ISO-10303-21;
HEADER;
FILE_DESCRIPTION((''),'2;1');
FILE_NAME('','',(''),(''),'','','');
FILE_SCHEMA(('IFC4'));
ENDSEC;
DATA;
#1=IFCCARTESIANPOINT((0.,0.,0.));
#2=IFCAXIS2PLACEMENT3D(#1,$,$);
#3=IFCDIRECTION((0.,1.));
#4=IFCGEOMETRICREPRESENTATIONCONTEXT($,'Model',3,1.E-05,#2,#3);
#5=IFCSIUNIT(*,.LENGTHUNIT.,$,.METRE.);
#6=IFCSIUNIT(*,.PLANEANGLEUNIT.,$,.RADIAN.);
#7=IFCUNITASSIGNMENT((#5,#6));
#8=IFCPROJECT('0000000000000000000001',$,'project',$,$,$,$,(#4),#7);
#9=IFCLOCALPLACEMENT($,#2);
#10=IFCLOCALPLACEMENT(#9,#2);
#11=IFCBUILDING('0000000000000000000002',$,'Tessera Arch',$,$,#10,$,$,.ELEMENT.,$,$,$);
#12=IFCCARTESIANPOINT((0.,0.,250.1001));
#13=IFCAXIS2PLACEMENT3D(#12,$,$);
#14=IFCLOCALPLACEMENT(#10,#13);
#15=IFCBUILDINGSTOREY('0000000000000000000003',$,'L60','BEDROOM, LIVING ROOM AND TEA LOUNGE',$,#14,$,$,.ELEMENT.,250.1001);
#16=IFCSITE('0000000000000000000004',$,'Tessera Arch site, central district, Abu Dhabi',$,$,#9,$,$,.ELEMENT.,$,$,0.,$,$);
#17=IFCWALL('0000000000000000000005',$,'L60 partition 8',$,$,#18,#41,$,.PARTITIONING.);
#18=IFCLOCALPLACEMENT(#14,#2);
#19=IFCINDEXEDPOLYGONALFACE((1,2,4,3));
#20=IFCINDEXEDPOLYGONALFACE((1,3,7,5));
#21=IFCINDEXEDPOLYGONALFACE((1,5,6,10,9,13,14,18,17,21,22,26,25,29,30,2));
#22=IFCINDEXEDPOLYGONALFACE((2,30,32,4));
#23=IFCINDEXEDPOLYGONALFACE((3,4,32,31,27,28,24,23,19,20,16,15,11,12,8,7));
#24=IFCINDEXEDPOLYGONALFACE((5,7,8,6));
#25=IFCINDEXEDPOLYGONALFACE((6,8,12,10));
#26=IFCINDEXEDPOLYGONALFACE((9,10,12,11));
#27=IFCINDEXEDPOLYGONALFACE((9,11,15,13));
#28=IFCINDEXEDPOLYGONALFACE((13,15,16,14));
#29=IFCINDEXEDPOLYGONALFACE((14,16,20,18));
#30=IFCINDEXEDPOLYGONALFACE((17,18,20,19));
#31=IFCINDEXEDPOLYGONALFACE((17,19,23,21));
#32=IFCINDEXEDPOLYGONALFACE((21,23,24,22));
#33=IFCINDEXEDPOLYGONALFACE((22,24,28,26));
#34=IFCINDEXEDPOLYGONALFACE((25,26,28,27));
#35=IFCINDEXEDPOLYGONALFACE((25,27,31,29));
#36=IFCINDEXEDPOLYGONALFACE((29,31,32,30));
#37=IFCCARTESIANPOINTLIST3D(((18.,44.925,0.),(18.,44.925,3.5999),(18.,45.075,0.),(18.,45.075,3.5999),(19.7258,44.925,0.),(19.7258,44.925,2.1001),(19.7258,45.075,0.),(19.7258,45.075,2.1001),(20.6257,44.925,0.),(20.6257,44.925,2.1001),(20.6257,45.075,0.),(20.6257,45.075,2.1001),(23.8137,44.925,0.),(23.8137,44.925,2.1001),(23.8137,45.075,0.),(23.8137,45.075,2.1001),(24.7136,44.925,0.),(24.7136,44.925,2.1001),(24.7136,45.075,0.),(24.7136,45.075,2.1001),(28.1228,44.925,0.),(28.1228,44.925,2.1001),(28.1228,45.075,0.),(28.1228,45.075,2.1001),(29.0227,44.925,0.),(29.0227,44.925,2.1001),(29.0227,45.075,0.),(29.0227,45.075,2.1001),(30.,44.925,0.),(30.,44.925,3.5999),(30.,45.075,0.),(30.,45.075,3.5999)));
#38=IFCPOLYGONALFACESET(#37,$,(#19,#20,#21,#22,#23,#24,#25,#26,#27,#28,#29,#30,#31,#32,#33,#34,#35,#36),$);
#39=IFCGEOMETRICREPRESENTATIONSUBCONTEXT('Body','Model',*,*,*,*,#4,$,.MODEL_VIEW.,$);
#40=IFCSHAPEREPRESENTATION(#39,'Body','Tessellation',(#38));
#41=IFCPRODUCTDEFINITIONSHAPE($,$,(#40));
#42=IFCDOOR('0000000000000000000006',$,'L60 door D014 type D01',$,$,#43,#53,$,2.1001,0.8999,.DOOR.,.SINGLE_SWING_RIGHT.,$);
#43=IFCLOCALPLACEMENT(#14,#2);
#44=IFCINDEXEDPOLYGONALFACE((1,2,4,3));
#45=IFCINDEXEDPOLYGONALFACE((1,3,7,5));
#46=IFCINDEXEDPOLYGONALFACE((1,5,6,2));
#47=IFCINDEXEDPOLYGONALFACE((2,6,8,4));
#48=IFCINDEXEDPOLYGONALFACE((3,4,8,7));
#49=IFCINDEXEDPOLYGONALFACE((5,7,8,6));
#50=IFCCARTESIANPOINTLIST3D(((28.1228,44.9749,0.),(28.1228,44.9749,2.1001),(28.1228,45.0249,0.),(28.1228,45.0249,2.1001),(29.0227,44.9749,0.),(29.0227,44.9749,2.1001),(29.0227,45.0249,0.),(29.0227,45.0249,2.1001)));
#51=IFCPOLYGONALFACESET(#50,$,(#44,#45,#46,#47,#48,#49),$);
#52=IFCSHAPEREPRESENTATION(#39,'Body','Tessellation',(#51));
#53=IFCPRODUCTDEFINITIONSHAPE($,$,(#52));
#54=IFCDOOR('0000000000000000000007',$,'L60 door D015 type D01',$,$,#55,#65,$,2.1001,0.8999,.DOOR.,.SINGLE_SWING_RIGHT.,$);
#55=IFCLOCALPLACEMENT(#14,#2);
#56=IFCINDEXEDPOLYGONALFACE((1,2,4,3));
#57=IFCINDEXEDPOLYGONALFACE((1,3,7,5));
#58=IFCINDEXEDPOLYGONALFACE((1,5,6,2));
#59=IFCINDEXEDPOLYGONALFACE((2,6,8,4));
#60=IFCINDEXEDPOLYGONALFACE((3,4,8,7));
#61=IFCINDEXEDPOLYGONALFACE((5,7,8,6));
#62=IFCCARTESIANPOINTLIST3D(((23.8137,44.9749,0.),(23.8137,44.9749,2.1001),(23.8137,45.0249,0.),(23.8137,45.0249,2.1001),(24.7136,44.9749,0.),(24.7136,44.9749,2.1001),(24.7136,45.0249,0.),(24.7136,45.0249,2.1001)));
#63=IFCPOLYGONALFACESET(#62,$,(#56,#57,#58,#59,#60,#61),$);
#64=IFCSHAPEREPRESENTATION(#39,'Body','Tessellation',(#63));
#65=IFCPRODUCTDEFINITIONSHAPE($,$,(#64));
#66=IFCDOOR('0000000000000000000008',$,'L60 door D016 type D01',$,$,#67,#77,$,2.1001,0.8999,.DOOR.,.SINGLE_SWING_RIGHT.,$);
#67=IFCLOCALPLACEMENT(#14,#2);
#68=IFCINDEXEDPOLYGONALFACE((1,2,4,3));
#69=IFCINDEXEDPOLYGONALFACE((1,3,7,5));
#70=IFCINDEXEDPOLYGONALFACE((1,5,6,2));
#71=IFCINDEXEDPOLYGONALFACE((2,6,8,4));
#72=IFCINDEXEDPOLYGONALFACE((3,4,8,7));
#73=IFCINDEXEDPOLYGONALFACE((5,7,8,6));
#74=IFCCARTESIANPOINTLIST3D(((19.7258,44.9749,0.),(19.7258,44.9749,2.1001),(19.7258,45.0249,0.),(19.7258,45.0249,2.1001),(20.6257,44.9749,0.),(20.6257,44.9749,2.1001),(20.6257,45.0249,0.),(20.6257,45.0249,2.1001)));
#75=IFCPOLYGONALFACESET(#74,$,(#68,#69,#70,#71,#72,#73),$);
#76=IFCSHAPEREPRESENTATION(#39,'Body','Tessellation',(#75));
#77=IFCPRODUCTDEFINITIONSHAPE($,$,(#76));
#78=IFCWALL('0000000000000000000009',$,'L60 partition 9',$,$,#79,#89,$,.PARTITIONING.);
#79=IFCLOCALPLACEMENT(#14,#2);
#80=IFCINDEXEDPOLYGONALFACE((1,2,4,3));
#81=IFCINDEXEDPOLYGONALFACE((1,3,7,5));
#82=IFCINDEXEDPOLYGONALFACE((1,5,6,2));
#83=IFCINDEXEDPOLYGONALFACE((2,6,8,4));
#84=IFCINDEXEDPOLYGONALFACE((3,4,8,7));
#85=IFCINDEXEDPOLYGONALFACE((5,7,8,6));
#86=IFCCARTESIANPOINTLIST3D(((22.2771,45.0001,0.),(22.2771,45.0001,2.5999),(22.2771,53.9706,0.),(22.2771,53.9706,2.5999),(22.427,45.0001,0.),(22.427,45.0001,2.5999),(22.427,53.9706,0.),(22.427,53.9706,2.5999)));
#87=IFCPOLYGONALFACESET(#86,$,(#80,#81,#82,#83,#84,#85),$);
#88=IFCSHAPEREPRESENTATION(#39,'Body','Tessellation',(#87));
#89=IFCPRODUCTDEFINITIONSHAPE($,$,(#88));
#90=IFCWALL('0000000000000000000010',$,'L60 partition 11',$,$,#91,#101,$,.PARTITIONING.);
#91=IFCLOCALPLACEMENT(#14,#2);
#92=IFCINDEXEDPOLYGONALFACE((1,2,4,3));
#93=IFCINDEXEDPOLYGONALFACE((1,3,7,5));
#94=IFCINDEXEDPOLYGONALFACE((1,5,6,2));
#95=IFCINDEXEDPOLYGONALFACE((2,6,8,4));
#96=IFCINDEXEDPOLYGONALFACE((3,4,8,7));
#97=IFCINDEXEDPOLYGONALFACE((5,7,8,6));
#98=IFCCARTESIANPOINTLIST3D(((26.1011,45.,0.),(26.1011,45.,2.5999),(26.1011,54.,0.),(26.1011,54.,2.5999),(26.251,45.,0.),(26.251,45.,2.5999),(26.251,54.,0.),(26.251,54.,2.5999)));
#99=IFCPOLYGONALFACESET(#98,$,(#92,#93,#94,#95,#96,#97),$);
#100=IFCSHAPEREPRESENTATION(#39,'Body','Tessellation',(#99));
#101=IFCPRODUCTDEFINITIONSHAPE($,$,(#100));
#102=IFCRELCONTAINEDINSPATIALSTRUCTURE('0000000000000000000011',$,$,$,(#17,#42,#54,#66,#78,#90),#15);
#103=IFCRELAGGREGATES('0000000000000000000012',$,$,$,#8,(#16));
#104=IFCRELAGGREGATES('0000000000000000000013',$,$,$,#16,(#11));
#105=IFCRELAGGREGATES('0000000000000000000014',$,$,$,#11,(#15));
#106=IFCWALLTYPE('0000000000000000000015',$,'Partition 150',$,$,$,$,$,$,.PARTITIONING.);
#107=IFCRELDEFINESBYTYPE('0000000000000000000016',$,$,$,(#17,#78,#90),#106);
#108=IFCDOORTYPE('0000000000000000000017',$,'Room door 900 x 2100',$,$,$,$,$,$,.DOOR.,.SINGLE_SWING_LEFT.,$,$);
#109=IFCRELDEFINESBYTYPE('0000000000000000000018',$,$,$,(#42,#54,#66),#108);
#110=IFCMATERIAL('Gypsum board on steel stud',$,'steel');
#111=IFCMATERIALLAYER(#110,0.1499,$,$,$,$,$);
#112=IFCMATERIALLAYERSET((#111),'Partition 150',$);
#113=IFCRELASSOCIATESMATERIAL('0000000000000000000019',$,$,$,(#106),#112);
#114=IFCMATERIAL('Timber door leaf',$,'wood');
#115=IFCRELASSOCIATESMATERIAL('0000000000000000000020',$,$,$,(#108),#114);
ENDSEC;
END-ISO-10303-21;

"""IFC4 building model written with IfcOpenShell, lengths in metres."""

from ifc_helpers import new_model, si_unit, direction, frame, frame_2d, origin, place, context, subcontext, project, spatial, rectangle, extrude, material, layer, layer_set, type_object, element, fill, save


model = new_model("IFC4")

# Units and contexts
model_context = context("Model", 3, precision=1e-05, world=origin(), true_north=direction((0.0, 1.0)))
body_context = subcontext(model_context, "Body", "Model", "MODEL_VIEW")
ifc_project = project(units=[si_unit("LENGTHUNIT", "METRE"), si_unit("PLANEANGLEUNIT", "RADIAN")], contexts=[model_context])

# Site, building, storey
site_placement = place(None, origin())
site = spatial("IfcSite", under=ifc_project, at=site_placement, Name="Tessera Arch site, central district, Abu Dhabi", CompositionType="ELEMENT", RefElevation=0.0)
building_placement = place(site_placement, origin())
building = spatial("IfcBuilding", under=site, at=building_placement, Name="Tessera Arch", CompositionType="ELEMENT")
storey_placement = place(building_placement, frame((0.0, 0.0, 250.1001)))
storey = spatial("IfcBuildingStorey", under=building, at=storey_placement, Name="L60", Description="BEDROOM, LIVING ROOM AND TEA LOUNGE", CompositionType="ELEMENT", Elevation=250.1001)

# Wall, openings, doors
ifc_material_1 = material(Name="Gypsum board on steel stud", Category="steel")
ifc_layer_1 = layer(ifc_material_1, 0.1499)
ifc_layer_set_1 = layer_set([ifc_layer_1], Name="Partition 150")
wall_type = type_object("IfcWallType", Name="Partition 150", PredefinedType="PARTITIONING", material=ifc_layer_set_1)
wall_1_placement = place(storey_placement, frame((18.0, 45.0, 0.0), z_axis=(0.0, 0.0, 1.0), x_axis=(1.0, 0.0, 0.0)))
wall_1 = element("IfcWall", 1, at=wall_1_placement, inside=storey, type_object=wall_type, Name="L60 partition 8", PredefinedType="PARTITIONING", context=body_context, shape_type="SweptSolid", body=[
    extrude(rectangle(XDim=12.0, YDim=0.1499, at=frame_2d((6.0, 0.0))), origin(), (0.0, 0.0, 1.0), 3.5999),
])
opening_1_placement = place(wall_1_placement, frame((10.1228, 0.0, 0.0)))
opening_1 = element("IfcOpeningElement", 2, at=opening_1_placement, cuts=wall_1, PredefinedType="OPENING", context=body_context, shape_type="SweptSolid", body=[
    extrude(rectangle(XDim=0.8999, YDim=2.1001, at=frame_2d((0.45, 1.05))), frame((0.0, 0.085, 0.0), z_axis=(0.0, -1.0, 0.0), x_axis=(1.0, 0.0, 0.0)), (0.0, 0.0, 1.0), 0.1699),
])
opening_2_placement = place(wall_1_placement, frame((5.8137, 0.0, 0.0)))
opening_2 = element("IfcOpeningElement", 3, at=opening_2_placement, cuts=wall_1, PredefinedType="OPENING", context=body_context, shape_type="SweptSolid", body=[
    extrude(rectangle(XDim=0.8999, YDim=2.1001, at=frame_2d((0.45, 1.05))), frame((0.0, 0.085, 0.0), z_axis=(0.0, -1.0, 0.0), x_axis=(1.0, 0.0, 0.0)), (0.0, 0.0, 1.0), 0.1699),
])
opening_3_placement = place(wall_1_placement, frame((1.7258, 0.0, 0.0)))
opening_3 = element("IfcOpeningElement", 4, at=opening_3_placement, cuts=wall_1, PredefinedType="OPENING", context=body_context, shape_type="SweptSolid", body=[
    extrude(rectangle(XDim=0.8999, YDim=2.1001, at=frame_2d((0.45, 1.05))), frame((0.0, 0.085, 0.0), z_axis=(0.0, -1.0, 0.0), x_axis=(1.0, 0.0, 0.0)), (0.0, 0.0, 1.0), 0.1699),
])
ifc_material_2 = material(Name="Timber door leaf", Category="wood")
door_type = type_object("IfcDoorType", Name="Room door 900 x 2100", OperationType="SINGLE_SWING_LEFT", PredefinedType="DOOR", material=ifc_material_2)
door_1_placement = place(opening_1_placement, origin())
door_1 = element("IfcDoor", 5, at=door_1_placement, inside=storey, type_object=door_type, Name="L60 door D014 type D01", OperationType="SINGLE_SWING_RIGHT", OverallHeight=2.1001, OverallWidth=0.8999, PredefinedType="DOOR", context=body_context, shape_type="SweptSolid", body=[
    extrude(rectangle(XDim=0.8999, YDim=2.1001, at=frame_2d((0.45, 1.05))), frame((0.0, 0.0249, 0.0), z_axis=(0.0, -1.0, 0.0), x_axis=(1.0, 0.0, 0.0)), (0.0, 0.0, 1.0), 0.05),
])
fill(opening_1, door_1)
door_2_placement = place(opening_2_placement, origin())
door_2 = element("IfcDoor", 6, at=door_2_placement, inside=storey, type_object=door_type, Name="L60 door D015 type D01", OperationType="SINGLE_SWING_RIGHT", OverallHeight=2.1001, OverallWidth=0.8999, PredefinedType="DOOR", context=body_context, shape_type="SweptSolid", body=[
    extrude(rectangle(XDim=0.8999, YDim=2.1001, at=frame_2d((0.45, 1.05))), frame((0.0, 0.0249, 0.0), z_axis=(0.0, -1.0, 0.0), x_axis=(1.0, 0.0, 0.0)), (0.0, 0.0, 1.0), 0.05),
])
fill(opening_2, door_2)
door_3_placement = place(opening_3_placement, origin())
door_3 = element("IfcDoor", 7, at=door_3_placement, inside=storey, type_object=door_type, Name="L60 door D016 type D01", OperationType="SINGLE_SWING_RIGHT", OverallHeight=2.1001, OverallWidth=0.8999, PredefinedType="DOOR", context=body_context, shape_type="SweptSolid", body=[
    extrude(rectangle(XDim=0.8999, YDim=2.1001, at=frame_2d((0.45, 1.05))), frame((0.0, 0.0249, 0.0), z_axis=(0.0, -1.0, 0.0), x_axis=(1.0, 0.0, 0.0)), (0.0, 0.0, 1.0), 0.05),
])
fill(opening_3, door_3)

# Walls
wall_2_placement = place(storey_placement, frame((22.3521, 45.0, 0.0), z_axis=(0.0, 0.0, 1.0), x_axis=(0.0, 1.0, 0.0)))
element("IfcWall", 8, at=wall_2_placement, inside=storey, type_object=wall_type, Name="L60 partition 9", PredefinedType="PARTITIONING", context=body_context, shape_type="SweptSolid", body=[
    extrude(rectangle(XDim=8.9705, YDim=0.1499, at=frame_2d((4.4854, 0.0))), origin(), (0.0, 0.0, 1.0), 2.5999),
])
wall_3_placement = place(storey_placement, frame((26.176, 45.0, 0.0), z_axis=(0.0, 0.0, 1.0), x_axis=(0.0, 1.0, 0.0)))
element("IfcWall", 9, at=wall_3_placement, inside=storey, type_object=wall_type, Name="L60 partition 11", PredefinedType="PARTITIONING", context=body_context, shape_type="SweptSolid", body=[
    extrude(rectangle(XDim=9.0, YDim=0.1499, at=frame_2d((4.5, 0.0))), origin(), (0.0, 0.0, 1.0), 2.5999),
])

save(model, "model.ifc")
